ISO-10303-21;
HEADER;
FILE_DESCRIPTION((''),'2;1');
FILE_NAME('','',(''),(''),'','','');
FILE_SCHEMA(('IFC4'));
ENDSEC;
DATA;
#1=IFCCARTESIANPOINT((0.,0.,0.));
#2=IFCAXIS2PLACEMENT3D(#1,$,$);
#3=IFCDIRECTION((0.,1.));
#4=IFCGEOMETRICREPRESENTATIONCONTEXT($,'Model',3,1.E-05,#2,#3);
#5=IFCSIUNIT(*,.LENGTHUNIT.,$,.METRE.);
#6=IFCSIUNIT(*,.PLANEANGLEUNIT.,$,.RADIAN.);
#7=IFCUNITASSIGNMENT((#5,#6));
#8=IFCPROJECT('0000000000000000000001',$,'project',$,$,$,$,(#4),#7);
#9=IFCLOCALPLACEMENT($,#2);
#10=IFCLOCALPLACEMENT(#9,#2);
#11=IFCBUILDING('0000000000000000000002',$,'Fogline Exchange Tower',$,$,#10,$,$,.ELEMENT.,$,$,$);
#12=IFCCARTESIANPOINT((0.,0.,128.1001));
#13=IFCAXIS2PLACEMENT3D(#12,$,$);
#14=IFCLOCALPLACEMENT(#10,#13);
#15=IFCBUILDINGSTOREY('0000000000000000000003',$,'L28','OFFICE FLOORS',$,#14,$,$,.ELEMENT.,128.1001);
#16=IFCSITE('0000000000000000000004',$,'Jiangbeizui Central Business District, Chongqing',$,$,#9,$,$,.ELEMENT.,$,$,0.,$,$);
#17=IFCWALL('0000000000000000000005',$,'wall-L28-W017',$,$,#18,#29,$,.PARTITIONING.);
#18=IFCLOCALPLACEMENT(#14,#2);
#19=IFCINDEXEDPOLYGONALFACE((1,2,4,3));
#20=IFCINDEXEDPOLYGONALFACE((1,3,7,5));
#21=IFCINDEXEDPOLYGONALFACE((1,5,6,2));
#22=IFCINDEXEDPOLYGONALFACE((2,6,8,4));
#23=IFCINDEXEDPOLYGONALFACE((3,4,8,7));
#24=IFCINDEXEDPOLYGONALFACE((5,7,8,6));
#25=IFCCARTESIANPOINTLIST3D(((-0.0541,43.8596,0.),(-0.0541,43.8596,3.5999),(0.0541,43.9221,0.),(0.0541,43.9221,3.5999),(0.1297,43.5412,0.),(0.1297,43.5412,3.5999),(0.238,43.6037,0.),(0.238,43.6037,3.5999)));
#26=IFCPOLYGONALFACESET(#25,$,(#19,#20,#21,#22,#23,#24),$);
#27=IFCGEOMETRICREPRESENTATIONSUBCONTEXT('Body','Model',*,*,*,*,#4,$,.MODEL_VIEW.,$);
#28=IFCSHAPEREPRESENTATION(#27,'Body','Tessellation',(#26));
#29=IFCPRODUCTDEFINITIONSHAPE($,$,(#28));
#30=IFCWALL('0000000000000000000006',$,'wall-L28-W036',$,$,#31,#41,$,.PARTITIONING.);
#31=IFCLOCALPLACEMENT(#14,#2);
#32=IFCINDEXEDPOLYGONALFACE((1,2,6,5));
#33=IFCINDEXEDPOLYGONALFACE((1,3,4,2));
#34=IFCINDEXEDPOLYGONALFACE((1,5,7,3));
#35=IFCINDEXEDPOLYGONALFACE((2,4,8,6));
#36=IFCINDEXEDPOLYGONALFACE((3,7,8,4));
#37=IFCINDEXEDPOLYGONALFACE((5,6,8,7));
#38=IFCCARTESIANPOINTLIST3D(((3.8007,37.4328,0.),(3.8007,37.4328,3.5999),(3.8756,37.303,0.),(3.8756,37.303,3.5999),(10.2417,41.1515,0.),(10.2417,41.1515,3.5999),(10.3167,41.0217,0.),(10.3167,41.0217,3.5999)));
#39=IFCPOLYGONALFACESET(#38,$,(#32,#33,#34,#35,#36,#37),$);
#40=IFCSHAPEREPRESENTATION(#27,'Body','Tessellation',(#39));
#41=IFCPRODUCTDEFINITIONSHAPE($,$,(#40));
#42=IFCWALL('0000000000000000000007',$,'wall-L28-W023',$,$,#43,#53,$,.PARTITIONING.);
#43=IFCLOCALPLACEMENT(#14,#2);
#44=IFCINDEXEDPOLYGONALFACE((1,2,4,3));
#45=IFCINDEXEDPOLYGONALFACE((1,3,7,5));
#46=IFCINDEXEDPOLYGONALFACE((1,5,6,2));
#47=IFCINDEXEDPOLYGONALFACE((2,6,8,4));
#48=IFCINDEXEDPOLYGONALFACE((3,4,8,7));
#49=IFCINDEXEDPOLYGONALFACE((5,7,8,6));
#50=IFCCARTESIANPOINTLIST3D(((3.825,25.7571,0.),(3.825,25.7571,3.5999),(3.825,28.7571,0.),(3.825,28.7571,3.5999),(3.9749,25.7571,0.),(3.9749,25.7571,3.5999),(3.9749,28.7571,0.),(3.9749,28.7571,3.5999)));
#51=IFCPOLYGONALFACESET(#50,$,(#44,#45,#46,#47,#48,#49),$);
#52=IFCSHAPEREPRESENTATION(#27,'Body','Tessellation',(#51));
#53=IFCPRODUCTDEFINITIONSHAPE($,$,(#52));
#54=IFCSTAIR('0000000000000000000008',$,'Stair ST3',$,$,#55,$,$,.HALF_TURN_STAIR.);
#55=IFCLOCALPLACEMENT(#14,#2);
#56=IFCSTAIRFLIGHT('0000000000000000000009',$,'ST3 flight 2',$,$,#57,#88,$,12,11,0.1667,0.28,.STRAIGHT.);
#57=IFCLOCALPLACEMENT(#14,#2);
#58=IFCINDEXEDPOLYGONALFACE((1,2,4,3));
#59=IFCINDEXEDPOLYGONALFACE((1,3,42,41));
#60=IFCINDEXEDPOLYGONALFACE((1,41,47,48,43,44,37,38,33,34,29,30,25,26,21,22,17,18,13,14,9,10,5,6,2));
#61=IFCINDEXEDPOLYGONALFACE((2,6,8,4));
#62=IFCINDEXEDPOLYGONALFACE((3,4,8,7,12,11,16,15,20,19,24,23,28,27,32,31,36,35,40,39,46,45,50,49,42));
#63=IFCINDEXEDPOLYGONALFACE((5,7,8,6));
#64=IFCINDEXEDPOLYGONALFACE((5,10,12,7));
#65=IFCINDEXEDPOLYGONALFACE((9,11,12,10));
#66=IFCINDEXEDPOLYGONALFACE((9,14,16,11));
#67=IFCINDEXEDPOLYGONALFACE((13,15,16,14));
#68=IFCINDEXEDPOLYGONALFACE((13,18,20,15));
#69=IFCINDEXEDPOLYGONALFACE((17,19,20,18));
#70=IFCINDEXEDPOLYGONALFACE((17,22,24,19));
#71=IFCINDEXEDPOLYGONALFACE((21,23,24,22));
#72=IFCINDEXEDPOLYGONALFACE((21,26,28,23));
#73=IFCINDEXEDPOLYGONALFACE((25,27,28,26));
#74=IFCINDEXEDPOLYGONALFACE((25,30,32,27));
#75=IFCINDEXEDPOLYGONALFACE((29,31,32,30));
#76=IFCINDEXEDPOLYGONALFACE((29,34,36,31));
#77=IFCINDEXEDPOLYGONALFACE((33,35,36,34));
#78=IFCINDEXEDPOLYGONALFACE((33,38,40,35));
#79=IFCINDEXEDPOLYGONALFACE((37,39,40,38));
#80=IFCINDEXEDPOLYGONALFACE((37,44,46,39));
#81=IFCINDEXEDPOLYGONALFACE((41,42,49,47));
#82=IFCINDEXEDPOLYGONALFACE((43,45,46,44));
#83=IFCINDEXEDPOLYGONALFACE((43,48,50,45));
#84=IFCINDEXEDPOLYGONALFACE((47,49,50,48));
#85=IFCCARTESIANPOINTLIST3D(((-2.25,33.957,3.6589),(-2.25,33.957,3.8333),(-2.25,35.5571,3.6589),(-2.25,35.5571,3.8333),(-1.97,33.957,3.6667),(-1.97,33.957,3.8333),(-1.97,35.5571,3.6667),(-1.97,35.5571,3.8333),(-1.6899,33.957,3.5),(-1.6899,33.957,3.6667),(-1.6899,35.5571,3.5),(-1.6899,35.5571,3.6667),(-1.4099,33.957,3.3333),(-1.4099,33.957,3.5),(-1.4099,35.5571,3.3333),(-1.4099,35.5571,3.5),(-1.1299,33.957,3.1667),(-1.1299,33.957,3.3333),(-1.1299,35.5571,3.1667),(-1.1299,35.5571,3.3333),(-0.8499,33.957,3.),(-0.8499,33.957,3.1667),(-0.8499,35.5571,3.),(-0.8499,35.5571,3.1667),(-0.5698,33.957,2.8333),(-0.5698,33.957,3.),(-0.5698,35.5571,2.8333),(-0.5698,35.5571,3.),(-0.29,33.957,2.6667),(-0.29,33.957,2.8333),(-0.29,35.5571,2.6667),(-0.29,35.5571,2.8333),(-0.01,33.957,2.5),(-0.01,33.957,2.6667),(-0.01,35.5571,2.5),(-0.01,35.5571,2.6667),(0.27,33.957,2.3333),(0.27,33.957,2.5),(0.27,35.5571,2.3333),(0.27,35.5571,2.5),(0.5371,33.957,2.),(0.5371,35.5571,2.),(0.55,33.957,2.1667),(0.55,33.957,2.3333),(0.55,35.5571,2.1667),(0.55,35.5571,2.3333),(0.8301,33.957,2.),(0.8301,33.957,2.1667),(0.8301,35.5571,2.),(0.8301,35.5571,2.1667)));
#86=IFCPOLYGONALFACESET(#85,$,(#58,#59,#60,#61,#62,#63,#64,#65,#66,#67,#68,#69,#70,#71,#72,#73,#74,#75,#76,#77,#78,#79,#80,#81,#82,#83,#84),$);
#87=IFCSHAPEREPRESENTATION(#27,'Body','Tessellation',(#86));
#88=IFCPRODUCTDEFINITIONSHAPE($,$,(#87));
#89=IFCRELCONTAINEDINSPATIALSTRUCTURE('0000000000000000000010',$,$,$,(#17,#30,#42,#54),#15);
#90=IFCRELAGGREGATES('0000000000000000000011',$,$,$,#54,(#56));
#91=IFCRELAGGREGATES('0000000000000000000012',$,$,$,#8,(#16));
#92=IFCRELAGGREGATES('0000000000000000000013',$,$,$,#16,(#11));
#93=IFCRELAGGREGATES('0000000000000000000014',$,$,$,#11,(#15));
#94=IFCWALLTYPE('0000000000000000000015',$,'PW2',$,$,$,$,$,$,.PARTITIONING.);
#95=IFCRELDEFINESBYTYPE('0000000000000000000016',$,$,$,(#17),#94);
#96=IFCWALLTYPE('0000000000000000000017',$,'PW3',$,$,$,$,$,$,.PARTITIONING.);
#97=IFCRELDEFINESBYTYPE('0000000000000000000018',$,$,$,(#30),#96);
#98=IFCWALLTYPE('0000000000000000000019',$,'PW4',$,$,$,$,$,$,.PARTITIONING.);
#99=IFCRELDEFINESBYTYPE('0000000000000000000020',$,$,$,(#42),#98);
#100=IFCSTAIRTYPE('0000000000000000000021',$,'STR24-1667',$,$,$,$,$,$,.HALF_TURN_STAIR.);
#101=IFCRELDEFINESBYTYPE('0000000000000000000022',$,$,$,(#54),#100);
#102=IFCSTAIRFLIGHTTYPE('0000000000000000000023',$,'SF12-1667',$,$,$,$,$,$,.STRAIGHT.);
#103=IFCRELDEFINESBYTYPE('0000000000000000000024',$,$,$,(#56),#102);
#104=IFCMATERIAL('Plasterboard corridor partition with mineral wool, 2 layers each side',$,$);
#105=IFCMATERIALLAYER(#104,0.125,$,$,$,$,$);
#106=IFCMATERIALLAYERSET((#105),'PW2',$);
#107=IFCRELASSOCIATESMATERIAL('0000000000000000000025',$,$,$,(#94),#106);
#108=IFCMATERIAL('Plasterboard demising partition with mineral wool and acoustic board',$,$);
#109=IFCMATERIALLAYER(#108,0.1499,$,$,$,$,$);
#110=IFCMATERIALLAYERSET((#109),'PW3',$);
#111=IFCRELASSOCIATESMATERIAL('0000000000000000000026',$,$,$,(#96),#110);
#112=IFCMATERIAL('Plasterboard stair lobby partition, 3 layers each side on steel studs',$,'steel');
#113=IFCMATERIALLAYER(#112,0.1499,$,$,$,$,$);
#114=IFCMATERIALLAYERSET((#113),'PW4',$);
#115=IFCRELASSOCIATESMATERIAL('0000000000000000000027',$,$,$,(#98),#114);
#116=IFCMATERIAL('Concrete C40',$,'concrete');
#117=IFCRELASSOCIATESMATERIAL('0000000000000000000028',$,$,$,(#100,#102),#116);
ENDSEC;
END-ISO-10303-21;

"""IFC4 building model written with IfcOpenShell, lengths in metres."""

from ifc_helpers import new_model, si_unit, direction, frame, frame_2d, origin, place, context, subcontext, project, spatial, polyline, rectangle, outline, extrude, material, layer, layer_set, type_object, element, aggregate, save


model = new_model("IFC4")

# Units and contexts
model_context = context("Model", 3, precision=1e-05, world=origin(), true_north=direction((0.0, 1.0)))
body_context = subcontext(model_context, "Body", "Model", "MODEL_VIEW")
ifc_project = project(units=[si_unit("LENGTHUNIT", "METRE"), si_unit("PLANEANGLEUNIT", "RADIAN")], contexts=[model_context])

# Site, building, storey
site_placement = place(None, origin())
site = spatial("IfcSite", under=ifc_project, at=site_placement, Name="Jiangbeizui Central Business District, Chongqing", CompositionType="ELEMENT", RefElevation=0.0)
building_placement = place(site_placement, origin())
building = spatial("IfcBuilding", under=site, at=building_placement, Name="Fogline Exchange Tower", CompositionType="ELEMENT")
storey_placement = place(building_placement, frame((0.0, 0.0, 128.1001)))
storey = spatial("IfcBuildingStorey", under=building, at=storey_placement, Name="L28", Description="OFFICE FLOORS", CompositionType="ELEMENT", Elevation=128.1001)

# Shared definitions
ifc_material_1 = material(Name="Concrete C40", Category="concrete")

# Shared definitions
ifc_material_2 = material(Name="Plasterboard corridor partition with mineral wool, 2 layers each side")
ifc_layer_1 = layer(ifc_material_2, 0.125)
ifc_layer_set_1 = layer_set([ifc_layer_1], Name="PW2")
wall_type_1 = type_object("IfcWallType", Name="PW2", PredefinedType="PARTITIONING", material=ifc_layer_set_1)

# Walls
wall_1_placement = place(storey_placement, frame((0.0, 43.8909, 0.0), z_axis=(0.0, 0.0, 1.0), x_axis=(0.500067, -0.865987, 0.0)))
element("IfcWall", 1, at=wall_1_placement, inside=storey, type_object=wall_type_1, Name="wall-L28-W017", PredefinedType="PARTITIONING", context=body_context, shape_type="SweptSolid", body=[
    extrude(rectangle(XDim=0.3677, YDim=0.125, at=frame_2d((0.1838, 0.0))), origin(), (0.0, 0.0, 1.0), 3.5999),
])
ifc_material_3 = material(Name="Plasterboard demising partition with mineral wool and acoustic board")
ifc_layer_2 = layer(ifc_material_3, 0.1499)
ifc_layer_set_2 = layer_set([ifc_layer_2], Name="PW3")
wall_type_2 = type_object("IfcWallType", Name="PW3", PredefinedType="PARTITIONING", material=ifc_layer_set_2)
wall_2_placement = place(storey_placement, frame((3.8381, 37.3679, 0.0), z_axis=(0.0, 0.0, 1.0), x_axis=(0.866029, 0.499994, 0.0)))
element("IfcWall", 2, at=wall_2_placement, inside=storey, type_object=wall_type_2, Name="wall-L28-W036", PredefinedType="PARTITIONING", context=body_context, shape_type="SweptSolid", body=[
    extrude(rectangle(XDim=7.4375, YDim=0.1499, at=frame_2d((3.7188, 0.0))), origin(), (0.0, 0.0, 1.0), 3.5999),
])
ifc_material_4 = material(Name="Plasterboard stair lobby partition, 3 layers each side on steel studs", Category="steel")
ifc_layer_3 = layer(ifc_material_4, 0.1499)
ifc_layer_set_3 = layer_set([ifc_layer_3], Name="PW4")
wall_type_3 = type_object("IfcWallType", Name="PW4", PredefinedType="PARTITIONING", material=ifc_layer_set_3)
wall_3_placement = place(storey_placement, frame((3.8999, 28.7571, 0.0), z_axis=(0.0, 0.0, 1.0), x_axis=(0.0, -1.0, 0.0)))
element("IfcWall", 3, at=wall_3_placement, inside=storey, type_object=wall_type_3, Name="wall-L28-W023", PredefinedType="PARTITIONING", context=body_context, shape_type="SweptSolid", body=[
    extrude(rectangle(XDim=3.0, YDim=0.1499, at=frame_2d((1.5, 0.0))), origin(), (0.0, 0.0, 1.0), 3.5999),
])

# Stair, stair flight
stair_type = type_object("IfcStairType", Name="STR24-1667", PredefinedType="HALF_TURN_STAIR", material=ifc_material_1)
stair_placement = place(storey_placement, origin())
stair = element("IfcStair", 4, at=stair_placement, inside=storey, type_object=stair_type, Name="Stair ST3", PredefinedType="HALF_TURN_STAIR")
stair_flight_type = type_object("IfcStairFlightType", Name="SF12-1667", PredefinedType="STRAIGHT", material=ifc_material_1)
stair_flight_placement = place(storey_placement, frame((0.8301, 34.7571, 2.0), z_axis=(0.0, 0.0, 1.0), x_axis=(-1.0, 0.0, 0.0)))
stair_flight = element("IfcStairFlight", 5, at=stair_flight_placement, type_object=stair_flight_type, Name="ST3 flight 2", NumberOfRisers=12, NumberOfTreads=11, PredefinedType="STRAIGHT", RiserHeight=0.1667, TreadLength=0.28, context=body_context, shape_type="SweptSolid", body=[
    extrude(outline(polyline([(0.0, 0.0), (0.0, 0.1667), (0.28, 0.1667), (0.28, 0.3333), (0.5601, 0.3333), (0.5601, 0.5), (0.8401, 0.5), (0.8401, 0.6667), (1.1201, 0.6667), (1.1201, 0.8333), (1.3999, 0.8333), (1.3999, 1.0), (1.6799, 1.0), (1.6799, 1.1667), (1.96, 1.1667), (1.96, 1.3333), (2.24, 1.3333), (2.24, 1.5), (2.52, 1.5), (2.52, 1.6667), (2.8, 1.6667), (2.8, 1.8333), (3.0801, 1.8333), (3.0801, 2.0), (3.0801, 1.6589), (0.293, 0.0), (0.0, 0.0)])), frame((0.0, 0.8, 0.0), z_axis=(0.0, -1.0, 0.0), x_axis=(1.0, 0.0, 0.0)), (0.0, 0.0, 1.0), 1.6001),
])
aggregate(stair, [stair_flight])

save(model, "model.ifc")
